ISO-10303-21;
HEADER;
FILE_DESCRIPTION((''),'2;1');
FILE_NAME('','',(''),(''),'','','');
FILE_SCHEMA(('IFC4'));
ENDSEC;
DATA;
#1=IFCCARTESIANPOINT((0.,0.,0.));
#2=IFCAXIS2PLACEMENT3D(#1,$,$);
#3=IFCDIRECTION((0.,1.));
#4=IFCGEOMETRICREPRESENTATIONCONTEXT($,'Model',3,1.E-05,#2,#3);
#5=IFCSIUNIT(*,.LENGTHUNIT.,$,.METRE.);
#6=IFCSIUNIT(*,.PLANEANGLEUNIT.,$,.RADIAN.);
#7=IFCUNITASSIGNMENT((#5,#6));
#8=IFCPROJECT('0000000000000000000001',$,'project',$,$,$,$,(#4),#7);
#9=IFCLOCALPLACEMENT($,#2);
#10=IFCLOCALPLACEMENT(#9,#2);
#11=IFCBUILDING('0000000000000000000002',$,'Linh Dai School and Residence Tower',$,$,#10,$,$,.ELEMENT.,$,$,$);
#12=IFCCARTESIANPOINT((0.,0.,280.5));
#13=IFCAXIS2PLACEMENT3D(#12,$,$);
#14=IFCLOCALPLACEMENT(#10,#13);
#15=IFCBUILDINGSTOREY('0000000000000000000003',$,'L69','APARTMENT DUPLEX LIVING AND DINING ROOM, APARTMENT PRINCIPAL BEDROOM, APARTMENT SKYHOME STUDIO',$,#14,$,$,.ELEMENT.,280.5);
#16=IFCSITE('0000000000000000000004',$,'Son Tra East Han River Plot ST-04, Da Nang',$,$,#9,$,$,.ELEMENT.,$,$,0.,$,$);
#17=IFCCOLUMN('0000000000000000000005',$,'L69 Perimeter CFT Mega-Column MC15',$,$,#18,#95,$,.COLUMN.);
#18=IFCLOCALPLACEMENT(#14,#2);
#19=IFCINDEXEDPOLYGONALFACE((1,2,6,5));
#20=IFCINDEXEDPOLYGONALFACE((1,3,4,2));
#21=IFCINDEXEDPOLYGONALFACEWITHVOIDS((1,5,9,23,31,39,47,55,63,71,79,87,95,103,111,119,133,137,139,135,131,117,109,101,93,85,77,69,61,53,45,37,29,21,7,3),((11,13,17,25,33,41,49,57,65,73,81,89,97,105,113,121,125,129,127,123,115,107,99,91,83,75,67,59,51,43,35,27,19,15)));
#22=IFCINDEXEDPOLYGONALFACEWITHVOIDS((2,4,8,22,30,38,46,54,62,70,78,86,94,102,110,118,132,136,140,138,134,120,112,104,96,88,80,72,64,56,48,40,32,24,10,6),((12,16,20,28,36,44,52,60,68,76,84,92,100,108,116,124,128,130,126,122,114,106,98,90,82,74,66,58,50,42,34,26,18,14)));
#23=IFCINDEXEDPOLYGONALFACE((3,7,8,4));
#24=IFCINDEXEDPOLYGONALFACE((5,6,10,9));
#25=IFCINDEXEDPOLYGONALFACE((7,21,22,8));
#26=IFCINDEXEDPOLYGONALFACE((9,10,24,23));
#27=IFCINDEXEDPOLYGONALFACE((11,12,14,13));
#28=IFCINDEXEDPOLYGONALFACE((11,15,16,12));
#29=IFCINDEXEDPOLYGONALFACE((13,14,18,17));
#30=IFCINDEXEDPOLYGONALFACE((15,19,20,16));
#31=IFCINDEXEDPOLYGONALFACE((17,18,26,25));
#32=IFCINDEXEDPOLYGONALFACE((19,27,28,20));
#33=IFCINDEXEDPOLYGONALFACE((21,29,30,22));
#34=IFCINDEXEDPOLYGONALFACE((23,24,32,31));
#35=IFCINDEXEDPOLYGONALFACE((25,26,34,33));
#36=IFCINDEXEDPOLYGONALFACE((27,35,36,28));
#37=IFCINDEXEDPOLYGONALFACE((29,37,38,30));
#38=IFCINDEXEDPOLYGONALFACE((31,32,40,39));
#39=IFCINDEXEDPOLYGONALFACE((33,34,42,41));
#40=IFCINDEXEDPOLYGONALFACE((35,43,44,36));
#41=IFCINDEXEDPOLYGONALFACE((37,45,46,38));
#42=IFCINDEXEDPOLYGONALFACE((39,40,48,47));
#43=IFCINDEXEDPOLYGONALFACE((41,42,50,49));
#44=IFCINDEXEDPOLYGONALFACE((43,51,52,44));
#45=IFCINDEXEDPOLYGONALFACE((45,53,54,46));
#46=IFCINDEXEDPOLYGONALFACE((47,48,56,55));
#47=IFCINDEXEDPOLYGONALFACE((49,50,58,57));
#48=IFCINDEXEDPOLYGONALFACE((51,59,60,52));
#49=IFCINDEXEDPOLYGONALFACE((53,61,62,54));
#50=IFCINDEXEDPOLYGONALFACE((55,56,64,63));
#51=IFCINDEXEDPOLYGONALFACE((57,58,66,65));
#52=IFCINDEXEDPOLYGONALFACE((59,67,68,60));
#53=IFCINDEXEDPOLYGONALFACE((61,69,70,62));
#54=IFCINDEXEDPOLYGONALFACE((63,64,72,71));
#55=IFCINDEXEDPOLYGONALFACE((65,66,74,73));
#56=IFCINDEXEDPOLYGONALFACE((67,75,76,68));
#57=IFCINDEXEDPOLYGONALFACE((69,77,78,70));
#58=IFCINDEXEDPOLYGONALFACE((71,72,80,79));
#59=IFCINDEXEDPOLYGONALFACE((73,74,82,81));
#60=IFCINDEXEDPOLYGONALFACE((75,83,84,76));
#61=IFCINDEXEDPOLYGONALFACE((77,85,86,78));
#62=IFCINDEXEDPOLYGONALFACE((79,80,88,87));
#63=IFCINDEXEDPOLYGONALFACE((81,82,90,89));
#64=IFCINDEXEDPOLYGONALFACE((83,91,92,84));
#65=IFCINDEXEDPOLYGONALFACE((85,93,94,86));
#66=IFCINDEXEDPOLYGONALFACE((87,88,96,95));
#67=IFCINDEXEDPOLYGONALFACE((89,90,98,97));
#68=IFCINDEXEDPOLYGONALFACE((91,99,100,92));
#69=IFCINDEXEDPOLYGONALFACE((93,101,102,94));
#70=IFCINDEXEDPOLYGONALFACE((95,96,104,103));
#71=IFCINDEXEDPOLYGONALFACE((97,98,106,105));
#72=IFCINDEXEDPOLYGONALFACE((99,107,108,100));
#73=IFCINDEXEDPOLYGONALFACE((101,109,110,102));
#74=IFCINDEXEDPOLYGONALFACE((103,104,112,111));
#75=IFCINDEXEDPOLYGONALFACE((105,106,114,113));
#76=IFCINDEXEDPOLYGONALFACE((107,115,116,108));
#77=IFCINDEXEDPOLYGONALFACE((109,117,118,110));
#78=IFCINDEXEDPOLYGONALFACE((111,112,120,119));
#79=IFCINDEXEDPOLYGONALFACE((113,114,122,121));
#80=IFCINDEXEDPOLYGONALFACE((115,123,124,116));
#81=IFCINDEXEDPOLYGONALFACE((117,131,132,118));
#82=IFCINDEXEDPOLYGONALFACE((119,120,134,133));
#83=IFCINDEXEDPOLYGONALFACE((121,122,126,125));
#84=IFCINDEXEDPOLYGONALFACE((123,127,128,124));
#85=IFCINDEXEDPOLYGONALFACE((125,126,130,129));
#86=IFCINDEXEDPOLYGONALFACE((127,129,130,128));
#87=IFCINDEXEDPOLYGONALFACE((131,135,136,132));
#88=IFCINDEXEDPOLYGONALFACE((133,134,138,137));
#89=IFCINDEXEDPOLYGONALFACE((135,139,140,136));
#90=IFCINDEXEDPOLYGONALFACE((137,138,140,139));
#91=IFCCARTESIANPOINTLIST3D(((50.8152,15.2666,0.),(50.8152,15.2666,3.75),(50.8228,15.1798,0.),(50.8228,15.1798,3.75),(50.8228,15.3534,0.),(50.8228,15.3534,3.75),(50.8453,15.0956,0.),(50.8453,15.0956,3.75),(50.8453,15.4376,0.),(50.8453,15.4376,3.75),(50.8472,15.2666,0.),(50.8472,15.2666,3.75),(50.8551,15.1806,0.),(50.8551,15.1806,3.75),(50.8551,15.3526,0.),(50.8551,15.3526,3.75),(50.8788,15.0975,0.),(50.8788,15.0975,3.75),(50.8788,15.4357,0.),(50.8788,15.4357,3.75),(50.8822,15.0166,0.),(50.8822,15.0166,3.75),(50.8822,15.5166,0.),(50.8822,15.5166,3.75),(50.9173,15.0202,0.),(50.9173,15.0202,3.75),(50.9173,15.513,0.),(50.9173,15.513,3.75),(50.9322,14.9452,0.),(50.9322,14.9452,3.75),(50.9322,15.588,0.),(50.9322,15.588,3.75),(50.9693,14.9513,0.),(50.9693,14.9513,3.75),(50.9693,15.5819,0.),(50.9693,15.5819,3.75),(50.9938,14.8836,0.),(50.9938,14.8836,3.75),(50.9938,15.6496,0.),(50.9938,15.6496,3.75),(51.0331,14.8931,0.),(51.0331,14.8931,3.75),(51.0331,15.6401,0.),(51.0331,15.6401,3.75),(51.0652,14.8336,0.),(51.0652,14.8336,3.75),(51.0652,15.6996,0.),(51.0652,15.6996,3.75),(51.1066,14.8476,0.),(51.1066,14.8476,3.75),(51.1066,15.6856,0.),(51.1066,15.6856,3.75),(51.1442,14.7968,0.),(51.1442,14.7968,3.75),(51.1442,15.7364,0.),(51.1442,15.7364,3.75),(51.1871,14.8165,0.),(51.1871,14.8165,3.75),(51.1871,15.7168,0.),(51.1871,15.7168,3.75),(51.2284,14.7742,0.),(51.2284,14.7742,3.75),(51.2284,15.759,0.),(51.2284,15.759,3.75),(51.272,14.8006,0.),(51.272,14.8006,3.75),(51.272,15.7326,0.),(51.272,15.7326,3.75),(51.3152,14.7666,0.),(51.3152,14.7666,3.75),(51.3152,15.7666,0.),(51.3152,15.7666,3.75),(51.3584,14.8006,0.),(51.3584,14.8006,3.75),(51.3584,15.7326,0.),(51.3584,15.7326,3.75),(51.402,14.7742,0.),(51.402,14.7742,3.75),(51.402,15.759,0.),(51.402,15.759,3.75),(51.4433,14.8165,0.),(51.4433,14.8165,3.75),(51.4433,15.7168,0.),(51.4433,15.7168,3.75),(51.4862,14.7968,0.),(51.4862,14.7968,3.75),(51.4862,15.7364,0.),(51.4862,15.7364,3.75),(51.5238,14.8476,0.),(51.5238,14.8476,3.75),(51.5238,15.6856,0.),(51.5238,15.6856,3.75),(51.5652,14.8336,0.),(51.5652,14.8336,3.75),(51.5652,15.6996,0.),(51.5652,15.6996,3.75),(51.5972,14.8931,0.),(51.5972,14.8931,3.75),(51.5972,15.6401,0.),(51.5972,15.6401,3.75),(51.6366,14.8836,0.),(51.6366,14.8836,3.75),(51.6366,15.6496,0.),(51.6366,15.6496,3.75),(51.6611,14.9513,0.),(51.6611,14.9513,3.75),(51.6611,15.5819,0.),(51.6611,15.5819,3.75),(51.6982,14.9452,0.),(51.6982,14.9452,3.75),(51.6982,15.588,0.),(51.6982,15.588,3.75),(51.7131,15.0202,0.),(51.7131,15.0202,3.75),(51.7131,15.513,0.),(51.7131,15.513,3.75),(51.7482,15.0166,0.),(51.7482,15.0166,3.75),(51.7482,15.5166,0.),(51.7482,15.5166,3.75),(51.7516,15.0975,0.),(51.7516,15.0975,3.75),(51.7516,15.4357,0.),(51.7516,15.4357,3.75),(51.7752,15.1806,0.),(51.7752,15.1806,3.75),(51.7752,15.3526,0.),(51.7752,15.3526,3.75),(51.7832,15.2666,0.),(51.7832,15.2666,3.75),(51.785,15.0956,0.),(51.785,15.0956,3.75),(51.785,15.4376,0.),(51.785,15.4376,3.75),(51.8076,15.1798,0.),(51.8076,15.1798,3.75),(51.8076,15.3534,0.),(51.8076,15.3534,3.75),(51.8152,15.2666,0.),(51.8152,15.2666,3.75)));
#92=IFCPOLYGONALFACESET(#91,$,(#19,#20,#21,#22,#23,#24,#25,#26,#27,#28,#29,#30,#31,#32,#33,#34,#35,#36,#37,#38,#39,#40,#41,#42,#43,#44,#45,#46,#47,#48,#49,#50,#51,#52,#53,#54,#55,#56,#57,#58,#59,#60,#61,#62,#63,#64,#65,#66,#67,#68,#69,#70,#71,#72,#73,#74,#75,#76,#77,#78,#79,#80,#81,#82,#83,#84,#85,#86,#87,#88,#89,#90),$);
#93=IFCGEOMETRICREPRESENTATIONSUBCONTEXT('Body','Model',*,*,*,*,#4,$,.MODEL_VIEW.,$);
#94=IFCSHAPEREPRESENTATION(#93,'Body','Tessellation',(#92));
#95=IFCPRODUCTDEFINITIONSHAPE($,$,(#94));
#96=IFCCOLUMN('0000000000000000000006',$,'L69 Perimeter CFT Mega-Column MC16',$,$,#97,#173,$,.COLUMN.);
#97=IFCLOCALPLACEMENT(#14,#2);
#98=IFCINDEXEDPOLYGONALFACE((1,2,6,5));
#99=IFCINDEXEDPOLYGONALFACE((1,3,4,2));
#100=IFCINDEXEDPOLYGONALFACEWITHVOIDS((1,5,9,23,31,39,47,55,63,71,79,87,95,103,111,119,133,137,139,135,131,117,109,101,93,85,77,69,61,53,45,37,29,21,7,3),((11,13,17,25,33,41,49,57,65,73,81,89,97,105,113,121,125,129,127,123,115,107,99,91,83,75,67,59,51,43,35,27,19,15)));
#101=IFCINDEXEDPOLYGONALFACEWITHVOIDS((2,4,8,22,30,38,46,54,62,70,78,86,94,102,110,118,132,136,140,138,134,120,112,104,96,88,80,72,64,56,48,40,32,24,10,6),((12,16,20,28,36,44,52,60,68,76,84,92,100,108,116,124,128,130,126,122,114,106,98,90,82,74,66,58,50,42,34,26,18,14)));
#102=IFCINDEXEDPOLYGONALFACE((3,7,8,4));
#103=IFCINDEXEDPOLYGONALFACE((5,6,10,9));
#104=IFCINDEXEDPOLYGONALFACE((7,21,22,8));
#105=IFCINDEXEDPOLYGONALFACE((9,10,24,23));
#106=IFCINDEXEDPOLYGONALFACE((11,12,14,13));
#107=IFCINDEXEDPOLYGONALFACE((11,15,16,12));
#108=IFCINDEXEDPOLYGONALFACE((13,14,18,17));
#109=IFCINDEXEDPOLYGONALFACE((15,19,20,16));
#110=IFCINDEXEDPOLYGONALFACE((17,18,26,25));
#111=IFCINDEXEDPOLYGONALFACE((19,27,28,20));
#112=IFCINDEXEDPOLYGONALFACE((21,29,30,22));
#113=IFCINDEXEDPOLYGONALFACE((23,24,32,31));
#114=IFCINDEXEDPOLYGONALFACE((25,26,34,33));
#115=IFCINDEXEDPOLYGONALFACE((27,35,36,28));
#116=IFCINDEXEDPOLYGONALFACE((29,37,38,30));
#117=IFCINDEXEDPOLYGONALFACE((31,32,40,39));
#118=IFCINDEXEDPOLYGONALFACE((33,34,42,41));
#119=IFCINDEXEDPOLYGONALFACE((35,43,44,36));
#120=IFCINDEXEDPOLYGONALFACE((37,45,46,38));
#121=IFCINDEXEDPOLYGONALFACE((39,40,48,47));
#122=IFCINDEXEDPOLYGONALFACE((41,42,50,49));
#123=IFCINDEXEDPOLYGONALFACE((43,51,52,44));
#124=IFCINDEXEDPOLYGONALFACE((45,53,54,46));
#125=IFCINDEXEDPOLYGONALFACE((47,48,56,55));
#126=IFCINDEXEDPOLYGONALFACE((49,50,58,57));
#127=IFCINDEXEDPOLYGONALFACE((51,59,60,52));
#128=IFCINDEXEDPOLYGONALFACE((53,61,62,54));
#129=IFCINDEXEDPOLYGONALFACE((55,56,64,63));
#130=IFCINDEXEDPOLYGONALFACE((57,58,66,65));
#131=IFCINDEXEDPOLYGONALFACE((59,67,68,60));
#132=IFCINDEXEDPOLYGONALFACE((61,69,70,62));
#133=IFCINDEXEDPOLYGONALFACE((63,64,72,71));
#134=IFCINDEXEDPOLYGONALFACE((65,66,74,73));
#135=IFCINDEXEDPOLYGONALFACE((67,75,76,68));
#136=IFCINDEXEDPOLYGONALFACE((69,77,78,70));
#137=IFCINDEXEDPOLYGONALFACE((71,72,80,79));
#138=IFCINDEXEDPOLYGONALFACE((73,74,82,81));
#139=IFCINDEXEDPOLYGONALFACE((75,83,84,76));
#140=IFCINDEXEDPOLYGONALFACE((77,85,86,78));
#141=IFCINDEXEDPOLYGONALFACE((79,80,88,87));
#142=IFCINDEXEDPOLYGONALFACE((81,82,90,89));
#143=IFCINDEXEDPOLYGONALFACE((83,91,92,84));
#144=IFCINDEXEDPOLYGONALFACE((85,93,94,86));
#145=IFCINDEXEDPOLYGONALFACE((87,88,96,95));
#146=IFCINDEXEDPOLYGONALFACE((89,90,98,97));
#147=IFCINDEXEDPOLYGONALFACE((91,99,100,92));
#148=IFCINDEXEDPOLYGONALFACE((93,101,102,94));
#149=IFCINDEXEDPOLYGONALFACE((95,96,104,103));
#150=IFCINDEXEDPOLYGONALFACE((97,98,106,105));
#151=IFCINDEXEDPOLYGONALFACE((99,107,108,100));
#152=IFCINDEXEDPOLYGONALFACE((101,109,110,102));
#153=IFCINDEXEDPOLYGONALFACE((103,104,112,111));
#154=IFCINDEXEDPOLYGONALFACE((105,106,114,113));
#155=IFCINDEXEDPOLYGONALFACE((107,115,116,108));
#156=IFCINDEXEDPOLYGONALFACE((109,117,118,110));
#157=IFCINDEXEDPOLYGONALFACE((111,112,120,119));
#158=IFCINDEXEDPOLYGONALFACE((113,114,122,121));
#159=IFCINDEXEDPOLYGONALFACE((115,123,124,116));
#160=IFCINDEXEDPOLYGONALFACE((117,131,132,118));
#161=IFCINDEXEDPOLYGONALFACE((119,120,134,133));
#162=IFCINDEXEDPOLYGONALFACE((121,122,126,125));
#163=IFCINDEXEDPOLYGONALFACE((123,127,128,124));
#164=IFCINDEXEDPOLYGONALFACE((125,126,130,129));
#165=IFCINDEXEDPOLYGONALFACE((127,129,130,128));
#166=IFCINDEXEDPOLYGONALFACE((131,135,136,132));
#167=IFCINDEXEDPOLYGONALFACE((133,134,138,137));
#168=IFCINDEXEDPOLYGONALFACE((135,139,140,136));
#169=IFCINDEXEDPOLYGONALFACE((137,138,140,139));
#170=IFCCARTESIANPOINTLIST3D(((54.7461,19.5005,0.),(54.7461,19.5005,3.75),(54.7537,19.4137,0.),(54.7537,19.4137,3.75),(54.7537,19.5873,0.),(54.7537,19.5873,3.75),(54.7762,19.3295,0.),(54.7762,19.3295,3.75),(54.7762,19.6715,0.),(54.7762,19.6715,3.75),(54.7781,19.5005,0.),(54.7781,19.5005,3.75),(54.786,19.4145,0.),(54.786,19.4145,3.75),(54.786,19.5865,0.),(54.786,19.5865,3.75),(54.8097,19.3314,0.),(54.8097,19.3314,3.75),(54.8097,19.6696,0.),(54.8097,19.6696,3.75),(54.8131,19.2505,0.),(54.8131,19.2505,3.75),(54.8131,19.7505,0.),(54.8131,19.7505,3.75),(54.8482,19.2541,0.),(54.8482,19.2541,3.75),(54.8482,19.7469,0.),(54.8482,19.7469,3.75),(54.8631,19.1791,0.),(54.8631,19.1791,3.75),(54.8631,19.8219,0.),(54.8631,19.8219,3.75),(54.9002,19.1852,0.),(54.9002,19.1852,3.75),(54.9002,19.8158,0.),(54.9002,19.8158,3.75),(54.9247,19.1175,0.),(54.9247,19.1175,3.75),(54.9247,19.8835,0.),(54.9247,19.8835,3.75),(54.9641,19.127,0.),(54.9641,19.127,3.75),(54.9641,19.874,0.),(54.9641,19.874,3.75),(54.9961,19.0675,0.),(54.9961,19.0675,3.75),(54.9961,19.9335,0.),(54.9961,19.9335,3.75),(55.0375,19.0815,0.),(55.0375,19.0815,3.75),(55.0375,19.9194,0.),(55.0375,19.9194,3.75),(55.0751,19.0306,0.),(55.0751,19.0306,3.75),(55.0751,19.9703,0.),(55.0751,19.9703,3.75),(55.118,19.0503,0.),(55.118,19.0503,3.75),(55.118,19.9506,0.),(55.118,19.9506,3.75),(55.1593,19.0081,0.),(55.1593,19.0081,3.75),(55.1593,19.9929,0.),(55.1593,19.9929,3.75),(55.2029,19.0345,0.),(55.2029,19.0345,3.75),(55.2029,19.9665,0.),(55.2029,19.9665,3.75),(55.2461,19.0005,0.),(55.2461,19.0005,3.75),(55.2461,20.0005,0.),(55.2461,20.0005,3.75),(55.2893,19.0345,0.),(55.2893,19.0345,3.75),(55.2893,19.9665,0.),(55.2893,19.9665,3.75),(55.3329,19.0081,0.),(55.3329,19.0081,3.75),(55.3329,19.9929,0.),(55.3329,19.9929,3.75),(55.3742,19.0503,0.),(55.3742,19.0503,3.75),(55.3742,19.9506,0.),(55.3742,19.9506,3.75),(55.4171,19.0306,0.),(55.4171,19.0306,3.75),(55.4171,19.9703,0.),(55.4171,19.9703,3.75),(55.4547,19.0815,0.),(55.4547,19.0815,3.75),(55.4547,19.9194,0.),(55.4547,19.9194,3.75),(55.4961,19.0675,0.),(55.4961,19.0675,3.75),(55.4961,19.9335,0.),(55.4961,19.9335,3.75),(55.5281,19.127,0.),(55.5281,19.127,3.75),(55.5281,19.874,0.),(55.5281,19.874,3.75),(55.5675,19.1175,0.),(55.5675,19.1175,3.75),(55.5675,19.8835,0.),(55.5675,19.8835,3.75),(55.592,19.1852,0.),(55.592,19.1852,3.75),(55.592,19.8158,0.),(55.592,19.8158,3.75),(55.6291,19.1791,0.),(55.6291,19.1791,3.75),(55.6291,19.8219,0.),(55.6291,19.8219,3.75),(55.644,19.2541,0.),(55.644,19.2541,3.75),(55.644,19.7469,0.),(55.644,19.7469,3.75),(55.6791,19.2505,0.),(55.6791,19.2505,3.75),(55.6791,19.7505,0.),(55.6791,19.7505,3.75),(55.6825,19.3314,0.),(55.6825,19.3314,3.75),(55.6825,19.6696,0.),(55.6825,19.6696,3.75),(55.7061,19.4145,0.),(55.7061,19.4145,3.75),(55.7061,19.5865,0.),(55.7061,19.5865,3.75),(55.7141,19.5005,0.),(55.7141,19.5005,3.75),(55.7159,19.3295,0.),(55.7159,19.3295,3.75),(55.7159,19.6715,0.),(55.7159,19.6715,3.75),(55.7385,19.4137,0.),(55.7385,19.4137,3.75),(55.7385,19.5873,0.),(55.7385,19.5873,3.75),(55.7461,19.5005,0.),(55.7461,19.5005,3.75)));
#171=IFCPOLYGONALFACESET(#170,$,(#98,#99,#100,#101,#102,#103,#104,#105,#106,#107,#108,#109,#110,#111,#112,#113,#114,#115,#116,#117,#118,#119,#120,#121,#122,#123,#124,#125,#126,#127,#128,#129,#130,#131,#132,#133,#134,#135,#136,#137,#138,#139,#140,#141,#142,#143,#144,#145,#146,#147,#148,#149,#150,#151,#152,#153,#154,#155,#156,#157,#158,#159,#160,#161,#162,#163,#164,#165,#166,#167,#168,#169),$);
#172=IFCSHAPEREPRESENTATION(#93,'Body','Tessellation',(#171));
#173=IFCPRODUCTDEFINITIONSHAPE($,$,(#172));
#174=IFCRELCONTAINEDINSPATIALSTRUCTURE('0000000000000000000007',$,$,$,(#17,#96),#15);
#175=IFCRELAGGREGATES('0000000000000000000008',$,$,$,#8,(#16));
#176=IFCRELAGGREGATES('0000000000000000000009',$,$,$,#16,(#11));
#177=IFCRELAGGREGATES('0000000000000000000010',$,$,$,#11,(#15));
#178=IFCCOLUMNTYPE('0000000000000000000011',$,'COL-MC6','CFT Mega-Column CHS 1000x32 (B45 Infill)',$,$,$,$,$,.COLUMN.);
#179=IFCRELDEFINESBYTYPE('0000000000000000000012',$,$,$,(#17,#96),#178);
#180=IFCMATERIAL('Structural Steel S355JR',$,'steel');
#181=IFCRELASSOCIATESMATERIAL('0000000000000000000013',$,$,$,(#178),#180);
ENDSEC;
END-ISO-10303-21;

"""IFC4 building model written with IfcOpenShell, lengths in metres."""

from ifc_helpers import new_model, si_unit, direction, frame, origin, origin_2d, place, context, subcontext, project, spatial, hollow_circle, extrude, material, material_profile, profile_set, type_object, element, save


model = new_model("IFC4")

# Units and contexts
model_context = context("Model", 3, precision=1e-05, world=origin(), true_north=direction((0.0, 1.0)))
body_context = subcontext(model_context, "Body", "Model", "MODEL_VIEW")
ifc_project = project(units=[si_unit("LENGTHUNIT", "METRE"), si_unit("PLANEANGLEUNIT", "RADIAN")], contexts=[model_context])

# Site, building, storey
site_placement = place(None, origin())
site = spatial("IfcSite", under=ifc_project, at=site_placement, Name="Son Tra East Han River Plot ST-04, Da Nang", CompositionType="ELEMENT", RefElevation=0.0)
building_placement = place(site_placement, origin())
building = spatial("IfcBuilding", under=site, at=building_placement, Name="Linh Dai School and Residence Tower", CompositionType="ELEMENT")
storey_placement = place(building_placement, frame((0.0, 0.0, 280.5)))
storey = spatial("IfcBuildingStorey", under=building, at=storey_placement, Name="L69", Description="APARTMENT DUPLEX LIVING AND DINING ROOM, APARTMENT PRINCIPAL BEDROOM, APARTMENT SKYHOME STUDIO", CompositionType="ELEMENT", Elevation=280.5)

# Columns
ifc_material_1 = material(Name="Structural Steel S355JR", Category="steel")
ifc_material_profile_1 = material_profile(ifc_material_1, hollow_circle(Radius=0.5, WallThickness=0.032, at=origin_2d()), Name="CHS 1000x32")
ifc_profile_set_1 = profile_set([ifc_material_profile_1], Name="Structural Steel S355JR")
column_type = type_object("IfcColumnType", Name="COL-MC6", Description="CFT Mega-Column CHS 1000x32 (B45 Infill)", PredefinedType="COLUMN", material=ifc_profile_set_1)
for number, where, z_axis, x_axis, name in (
    (1, (51.3152, 15.2666, 0.0), (0.0, 0.0, 1.0), (1.0, 0.0, 0.0), "L69 Perimeter CFT Mega-Column MC15"),
    (2, (55.2461, 19.5005, 0.0), (0.0, 0.0, 1.0), (1.0, 0.0, 0.0), "L69 Perimeter CFT Mega-Column MC16"),
):
    element("IfcColumn", number, at=place(storey_placement, frame(where, z_axis=z_axis, x_axis=x_axis)), inside=storey, type_object=column_type, Name=name, PredefinedType="COLUMN", context=body_context, shape_type="SweptSolid", body=[
        extrude(hollow_circle(Radius=0.5, WallThickness=0.032, at=origin_2d()), origin(), (0.0, 0.0, 1.0), 3.75),
    ])

save(model, "model.ifc")
